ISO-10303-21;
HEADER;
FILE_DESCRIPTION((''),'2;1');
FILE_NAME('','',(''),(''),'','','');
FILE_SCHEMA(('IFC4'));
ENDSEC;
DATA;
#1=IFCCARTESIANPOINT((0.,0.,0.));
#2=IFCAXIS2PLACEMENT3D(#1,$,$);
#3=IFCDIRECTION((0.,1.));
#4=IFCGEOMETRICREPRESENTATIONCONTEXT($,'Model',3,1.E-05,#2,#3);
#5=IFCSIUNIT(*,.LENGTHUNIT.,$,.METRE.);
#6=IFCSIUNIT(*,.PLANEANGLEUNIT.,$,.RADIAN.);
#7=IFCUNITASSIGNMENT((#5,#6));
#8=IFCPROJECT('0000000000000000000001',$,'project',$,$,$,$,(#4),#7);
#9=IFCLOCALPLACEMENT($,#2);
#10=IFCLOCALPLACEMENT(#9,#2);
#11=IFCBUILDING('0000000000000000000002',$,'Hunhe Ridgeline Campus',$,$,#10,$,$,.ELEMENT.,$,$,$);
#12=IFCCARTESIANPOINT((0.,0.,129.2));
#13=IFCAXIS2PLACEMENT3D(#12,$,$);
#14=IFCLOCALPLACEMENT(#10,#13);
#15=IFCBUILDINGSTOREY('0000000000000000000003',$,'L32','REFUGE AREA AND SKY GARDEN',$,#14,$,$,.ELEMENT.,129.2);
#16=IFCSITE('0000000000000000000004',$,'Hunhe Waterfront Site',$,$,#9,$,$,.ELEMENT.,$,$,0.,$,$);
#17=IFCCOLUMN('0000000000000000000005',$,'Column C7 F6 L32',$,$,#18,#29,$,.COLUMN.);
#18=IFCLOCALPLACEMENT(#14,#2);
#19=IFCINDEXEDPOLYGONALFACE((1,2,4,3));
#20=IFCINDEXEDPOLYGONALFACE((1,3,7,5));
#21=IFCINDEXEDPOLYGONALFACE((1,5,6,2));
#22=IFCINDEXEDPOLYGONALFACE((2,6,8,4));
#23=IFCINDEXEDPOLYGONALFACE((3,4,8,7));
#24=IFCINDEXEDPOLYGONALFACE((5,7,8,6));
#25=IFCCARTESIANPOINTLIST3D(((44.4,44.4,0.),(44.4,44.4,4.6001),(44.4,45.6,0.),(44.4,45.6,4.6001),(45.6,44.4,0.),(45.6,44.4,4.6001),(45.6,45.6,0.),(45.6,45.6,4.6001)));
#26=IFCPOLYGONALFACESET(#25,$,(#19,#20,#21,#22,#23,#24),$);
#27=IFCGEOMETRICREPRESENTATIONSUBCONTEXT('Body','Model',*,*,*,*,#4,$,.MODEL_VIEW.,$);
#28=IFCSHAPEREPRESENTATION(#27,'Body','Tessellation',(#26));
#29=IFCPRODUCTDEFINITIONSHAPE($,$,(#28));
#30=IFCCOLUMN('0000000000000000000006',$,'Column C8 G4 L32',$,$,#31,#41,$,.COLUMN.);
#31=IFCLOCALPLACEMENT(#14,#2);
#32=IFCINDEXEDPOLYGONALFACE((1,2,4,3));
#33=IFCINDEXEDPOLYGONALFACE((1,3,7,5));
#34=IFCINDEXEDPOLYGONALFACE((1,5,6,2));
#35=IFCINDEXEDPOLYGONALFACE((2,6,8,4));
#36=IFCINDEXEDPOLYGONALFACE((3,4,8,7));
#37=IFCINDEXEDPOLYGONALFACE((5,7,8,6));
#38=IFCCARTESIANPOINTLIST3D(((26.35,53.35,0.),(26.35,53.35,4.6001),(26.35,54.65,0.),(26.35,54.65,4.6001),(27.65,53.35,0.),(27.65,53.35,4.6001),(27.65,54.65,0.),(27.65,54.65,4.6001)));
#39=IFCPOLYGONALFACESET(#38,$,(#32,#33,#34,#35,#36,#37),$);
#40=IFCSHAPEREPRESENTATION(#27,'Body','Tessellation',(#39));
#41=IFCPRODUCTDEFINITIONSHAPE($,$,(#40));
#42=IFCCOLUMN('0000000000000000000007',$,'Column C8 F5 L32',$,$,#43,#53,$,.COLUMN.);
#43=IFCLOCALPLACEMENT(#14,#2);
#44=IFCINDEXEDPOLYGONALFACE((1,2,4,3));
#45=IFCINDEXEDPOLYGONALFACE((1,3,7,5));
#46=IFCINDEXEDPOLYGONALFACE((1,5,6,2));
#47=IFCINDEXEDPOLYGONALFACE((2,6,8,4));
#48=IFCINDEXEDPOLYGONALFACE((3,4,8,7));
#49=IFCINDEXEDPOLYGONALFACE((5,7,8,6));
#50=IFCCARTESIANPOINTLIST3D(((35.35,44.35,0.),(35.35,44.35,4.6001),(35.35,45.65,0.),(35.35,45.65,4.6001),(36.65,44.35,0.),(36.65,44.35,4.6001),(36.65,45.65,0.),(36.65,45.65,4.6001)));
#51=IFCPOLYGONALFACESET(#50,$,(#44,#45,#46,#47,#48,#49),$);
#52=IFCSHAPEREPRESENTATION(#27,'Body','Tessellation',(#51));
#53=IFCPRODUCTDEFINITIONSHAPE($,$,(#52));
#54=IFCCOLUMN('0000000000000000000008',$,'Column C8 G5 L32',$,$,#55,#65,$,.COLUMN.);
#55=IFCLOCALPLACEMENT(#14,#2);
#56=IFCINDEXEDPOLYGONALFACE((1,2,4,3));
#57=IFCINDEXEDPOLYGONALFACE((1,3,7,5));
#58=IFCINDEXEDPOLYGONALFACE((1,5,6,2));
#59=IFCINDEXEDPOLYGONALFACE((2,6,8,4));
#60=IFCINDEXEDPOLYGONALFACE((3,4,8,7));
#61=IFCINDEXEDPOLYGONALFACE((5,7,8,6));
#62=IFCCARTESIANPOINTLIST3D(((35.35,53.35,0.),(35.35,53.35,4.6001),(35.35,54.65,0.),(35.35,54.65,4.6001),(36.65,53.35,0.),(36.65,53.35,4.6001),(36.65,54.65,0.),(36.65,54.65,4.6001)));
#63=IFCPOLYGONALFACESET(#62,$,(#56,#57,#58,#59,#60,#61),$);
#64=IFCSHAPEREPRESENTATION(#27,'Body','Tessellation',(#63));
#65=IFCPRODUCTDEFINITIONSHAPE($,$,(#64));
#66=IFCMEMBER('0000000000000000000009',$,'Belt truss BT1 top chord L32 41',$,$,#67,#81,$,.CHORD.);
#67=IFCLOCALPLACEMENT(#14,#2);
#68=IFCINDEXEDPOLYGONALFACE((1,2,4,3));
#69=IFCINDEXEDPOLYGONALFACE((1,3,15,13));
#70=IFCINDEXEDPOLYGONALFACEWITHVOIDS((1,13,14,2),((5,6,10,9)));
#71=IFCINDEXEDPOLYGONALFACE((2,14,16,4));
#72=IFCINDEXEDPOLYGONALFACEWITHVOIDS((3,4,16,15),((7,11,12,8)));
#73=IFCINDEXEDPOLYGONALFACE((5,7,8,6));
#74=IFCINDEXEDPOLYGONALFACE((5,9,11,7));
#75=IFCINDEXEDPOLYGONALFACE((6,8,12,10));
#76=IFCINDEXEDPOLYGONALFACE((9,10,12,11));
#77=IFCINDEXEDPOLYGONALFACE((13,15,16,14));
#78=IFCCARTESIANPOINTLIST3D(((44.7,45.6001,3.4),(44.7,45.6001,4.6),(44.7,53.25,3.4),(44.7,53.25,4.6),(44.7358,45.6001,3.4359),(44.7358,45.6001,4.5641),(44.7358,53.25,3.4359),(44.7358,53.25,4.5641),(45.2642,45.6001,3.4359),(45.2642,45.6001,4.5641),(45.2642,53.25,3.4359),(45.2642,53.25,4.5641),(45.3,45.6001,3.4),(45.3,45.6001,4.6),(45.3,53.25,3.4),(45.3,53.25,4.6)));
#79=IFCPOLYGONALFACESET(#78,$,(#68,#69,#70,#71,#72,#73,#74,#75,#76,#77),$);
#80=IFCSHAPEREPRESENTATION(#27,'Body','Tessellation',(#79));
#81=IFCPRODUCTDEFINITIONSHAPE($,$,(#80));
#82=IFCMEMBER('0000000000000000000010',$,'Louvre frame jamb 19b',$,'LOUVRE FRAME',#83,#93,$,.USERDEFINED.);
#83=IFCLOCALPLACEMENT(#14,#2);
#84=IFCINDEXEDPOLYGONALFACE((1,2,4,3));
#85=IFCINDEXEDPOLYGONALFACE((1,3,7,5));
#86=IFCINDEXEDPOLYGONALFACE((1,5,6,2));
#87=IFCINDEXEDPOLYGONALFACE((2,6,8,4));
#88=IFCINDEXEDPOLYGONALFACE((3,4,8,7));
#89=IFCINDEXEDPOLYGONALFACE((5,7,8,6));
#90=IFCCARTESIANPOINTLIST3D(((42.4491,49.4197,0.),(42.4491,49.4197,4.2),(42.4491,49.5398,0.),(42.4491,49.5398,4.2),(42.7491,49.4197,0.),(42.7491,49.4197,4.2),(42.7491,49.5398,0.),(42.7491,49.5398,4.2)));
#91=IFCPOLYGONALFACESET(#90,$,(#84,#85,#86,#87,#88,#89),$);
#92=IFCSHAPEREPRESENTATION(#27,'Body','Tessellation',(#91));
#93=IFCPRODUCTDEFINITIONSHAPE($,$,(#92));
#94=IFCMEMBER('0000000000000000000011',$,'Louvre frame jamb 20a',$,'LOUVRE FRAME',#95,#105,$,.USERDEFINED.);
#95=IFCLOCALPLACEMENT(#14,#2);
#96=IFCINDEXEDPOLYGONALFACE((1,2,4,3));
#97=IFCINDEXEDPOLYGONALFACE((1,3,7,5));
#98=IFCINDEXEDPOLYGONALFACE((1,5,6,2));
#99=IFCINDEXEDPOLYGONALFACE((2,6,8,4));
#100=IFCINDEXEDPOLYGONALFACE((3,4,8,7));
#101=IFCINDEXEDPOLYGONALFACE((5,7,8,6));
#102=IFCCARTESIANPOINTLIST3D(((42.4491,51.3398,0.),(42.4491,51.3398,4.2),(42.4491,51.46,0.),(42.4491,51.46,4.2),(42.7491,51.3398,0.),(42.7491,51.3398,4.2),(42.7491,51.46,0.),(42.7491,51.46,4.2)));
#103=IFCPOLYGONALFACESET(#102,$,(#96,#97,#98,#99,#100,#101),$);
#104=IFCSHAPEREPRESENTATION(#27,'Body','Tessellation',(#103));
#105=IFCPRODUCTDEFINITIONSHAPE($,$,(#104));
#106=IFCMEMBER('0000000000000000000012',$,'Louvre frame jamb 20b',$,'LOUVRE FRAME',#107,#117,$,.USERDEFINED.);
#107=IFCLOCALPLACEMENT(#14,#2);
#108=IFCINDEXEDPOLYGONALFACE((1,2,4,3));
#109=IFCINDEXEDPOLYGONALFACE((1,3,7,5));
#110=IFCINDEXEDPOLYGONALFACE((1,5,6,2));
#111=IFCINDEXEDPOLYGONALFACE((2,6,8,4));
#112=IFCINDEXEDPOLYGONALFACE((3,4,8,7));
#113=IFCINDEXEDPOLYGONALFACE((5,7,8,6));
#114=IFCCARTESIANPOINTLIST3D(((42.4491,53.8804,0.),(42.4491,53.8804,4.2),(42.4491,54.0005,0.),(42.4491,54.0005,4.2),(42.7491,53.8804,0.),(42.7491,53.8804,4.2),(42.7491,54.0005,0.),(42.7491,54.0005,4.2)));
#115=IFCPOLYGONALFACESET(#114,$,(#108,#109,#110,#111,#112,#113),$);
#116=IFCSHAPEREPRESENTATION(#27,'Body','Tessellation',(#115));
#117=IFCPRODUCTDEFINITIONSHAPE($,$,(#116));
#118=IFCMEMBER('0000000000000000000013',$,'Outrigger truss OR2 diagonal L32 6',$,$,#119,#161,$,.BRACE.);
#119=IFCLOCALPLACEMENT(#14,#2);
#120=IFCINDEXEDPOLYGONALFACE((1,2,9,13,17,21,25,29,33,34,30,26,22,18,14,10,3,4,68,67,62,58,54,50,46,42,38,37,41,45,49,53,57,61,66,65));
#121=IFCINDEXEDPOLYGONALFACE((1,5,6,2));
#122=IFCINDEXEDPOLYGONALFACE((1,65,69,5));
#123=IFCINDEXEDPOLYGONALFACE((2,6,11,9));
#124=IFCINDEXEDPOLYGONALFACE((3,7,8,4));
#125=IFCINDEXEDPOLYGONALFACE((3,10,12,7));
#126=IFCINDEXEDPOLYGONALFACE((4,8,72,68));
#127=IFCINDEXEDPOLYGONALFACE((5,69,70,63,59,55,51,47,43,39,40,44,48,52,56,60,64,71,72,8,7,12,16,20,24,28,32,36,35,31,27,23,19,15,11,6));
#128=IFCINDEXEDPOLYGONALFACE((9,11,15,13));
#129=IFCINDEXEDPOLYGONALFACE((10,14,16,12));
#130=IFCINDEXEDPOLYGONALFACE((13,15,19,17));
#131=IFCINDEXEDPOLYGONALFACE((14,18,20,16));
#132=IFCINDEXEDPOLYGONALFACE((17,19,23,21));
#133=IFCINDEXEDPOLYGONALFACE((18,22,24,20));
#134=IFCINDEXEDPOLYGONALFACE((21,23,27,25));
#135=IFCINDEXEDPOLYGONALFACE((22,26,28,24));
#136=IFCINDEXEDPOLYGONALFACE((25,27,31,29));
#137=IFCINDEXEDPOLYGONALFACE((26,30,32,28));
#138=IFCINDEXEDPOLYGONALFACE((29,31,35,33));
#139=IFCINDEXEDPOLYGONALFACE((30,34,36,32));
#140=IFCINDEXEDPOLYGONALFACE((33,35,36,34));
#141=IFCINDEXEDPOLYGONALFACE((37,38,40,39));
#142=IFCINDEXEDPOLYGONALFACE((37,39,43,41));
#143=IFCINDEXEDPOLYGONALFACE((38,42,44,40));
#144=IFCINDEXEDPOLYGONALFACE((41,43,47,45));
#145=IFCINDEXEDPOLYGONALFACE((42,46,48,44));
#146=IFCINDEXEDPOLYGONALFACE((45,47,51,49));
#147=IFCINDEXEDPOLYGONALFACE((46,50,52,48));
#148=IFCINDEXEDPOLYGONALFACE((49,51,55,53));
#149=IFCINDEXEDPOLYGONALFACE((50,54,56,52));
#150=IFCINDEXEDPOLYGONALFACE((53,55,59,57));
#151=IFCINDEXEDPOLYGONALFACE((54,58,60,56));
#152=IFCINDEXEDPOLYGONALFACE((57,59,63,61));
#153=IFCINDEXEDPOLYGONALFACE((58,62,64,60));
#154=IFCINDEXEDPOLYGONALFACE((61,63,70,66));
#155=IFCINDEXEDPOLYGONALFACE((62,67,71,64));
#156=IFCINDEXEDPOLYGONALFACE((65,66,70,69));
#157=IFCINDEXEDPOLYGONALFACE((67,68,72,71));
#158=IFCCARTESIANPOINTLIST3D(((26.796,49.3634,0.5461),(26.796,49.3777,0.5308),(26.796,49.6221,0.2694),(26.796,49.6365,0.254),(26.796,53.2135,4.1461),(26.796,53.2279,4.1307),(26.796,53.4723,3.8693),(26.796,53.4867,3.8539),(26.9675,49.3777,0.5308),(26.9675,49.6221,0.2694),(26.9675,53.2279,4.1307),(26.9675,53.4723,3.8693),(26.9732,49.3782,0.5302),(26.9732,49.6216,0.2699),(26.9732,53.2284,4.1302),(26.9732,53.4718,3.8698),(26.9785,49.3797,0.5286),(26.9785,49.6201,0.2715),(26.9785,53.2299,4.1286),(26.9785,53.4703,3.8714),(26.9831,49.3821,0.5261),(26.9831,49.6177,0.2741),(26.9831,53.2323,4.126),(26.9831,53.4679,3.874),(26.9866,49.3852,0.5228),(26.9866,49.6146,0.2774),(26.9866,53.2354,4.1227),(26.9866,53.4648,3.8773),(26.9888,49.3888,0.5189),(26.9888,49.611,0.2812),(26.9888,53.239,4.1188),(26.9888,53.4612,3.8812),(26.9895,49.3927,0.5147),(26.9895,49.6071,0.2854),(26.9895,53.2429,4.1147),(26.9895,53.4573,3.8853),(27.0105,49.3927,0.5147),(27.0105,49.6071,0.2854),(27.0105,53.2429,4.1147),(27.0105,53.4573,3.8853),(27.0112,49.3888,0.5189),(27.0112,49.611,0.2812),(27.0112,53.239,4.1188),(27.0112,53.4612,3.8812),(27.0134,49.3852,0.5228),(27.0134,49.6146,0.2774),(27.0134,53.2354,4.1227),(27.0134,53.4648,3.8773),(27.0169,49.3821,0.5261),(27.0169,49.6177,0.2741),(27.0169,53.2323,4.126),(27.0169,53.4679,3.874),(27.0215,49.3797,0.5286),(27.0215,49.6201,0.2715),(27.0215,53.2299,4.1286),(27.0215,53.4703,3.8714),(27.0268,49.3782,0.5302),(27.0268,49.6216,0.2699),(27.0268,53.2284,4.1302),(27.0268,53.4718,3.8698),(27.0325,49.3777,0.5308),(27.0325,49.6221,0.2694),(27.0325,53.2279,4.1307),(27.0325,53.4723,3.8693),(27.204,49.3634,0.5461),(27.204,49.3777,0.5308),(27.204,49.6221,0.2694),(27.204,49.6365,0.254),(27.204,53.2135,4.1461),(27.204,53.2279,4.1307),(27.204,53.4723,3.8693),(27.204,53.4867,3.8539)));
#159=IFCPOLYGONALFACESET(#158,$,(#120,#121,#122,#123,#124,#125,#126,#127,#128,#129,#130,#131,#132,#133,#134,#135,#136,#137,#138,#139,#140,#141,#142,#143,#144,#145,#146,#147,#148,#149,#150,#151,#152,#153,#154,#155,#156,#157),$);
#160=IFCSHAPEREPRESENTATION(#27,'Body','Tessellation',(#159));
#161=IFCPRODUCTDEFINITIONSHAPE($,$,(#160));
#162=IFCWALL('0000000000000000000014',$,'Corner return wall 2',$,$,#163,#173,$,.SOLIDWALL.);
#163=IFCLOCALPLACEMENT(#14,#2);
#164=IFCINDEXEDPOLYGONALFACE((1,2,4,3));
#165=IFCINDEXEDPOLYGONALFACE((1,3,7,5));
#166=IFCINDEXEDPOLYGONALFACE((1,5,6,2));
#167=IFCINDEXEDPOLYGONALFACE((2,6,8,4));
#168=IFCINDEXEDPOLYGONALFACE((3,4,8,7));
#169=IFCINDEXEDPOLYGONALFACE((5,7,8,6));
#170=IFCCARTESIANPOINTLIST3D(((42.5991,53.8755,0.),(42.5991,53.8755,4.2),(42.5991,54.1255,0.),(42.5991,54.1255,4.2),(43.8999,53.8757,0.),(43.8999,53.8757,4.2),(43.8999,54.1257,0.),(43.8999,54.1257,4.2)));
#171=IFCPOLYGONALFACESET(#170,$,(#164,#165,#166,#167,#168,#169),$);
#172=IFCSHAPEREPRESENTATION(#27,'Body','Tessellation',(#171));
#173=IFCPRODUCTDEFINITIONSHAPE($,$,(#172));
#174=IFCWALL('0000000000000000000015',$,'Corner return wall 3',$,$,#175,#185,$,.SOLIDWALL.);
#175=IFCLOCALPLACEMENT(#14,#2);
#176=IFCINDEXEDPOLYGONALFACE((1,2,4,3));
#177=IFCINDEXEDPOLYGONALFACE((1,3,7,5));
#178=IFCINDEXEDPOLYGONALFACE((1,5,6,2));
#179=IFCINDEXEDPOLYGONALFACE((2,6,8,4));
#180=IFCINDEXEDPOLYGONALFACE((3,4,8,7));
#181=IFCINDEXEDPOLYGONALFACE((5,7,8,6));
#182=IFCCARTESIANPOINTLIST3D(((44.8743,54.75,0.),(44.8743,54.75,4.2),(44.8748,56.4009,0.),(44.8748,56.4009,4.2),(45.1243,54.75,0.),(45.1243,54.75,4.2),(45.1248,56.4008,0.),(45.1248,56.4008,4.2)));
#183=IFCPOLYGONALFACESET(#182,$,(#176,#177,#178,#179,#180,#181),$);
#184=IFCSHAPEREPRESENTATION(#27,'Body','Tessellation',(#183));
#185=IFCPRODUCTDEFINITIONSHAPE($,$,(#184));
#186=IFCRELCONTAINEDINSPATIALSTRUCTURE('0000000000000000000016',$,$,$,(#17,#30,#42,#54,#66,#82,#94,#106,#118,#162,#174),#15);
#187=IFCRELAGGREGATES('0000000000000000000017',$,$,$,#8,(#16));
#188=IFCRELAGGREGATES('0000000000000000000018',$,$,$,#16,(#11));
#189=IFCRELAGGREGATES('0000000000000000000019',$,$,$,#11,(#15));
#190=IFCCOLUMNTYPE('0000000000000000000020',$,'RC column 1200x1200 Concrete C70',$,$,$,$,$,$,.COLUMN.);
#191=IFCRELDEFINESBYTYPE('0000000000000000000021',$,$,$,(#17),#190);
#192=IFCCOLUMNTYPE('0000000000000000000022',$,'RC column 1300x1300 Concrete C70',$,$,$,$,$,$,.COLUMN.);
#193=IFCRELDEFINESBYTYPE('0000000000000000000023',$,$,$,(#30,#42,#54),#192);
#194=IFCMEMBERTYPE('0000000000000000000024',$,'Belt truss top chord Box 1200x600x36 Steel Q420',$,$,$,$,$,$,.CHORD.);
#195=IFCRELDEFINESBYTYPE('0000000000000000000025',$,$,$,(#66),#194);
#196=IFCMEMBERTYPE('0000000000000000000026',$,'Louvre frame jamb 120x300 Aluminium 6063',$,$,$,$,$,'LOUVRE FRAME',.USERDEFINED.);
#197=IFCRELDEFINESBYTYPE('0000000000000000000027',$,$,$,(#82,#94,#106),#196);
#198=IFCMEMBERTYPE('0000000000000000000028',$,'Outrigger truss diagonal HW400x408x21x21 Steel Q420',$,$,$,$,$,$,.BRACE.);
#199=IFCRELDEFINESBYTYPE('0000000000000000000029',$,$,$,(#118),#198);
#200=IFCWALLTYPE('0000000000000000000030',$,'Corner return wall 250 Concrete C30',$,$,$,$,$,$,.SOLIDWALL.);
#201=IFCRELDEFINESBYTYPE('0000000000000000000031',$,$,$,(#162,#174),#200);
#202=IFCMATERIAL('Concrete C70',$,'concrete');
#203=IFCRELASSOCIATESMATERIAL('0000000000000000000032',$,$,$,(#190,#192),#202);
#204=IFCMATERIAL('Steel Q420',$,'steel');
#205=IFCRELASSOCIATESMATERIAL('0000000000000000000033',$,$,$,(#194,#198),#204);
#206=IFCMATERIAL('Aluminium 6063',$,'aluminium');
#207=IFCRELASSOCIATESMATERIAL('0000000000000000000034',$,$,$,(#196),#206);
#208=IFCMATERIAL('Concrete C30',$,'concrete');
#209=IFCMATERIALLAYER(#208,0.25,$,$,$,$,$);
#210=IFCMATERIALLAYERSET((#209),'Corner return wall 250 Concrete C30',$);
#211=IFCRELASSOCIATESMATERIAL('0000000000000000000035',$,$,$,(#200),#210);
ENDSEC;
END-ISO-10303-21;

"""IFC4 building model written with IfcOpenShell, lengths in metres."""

from ifc_helpers import new_model, si_unit, direction, frame, frame_2d, origin, origin_2d, place, context, subcontext, project, spatial, rectangle, hollow_rectangle, i_section, extrude, material, layer, layer_set, material_profile, profile_set, type_object, element, save


model = new_model("IFC4")

# Units and contexts
model_context = context("Model", 3, precision=1e-05, world=origin(), true_north=direction((0.0, 1.0)))
body_context = subcontext(model_context, "Body", "Model", "MODEL_VIEW")
ifc_project = project(units=[si_unit("LENGTHUNIT", "METRE"), si_unit("PLANEANGLEUNIT", "RADIAN")], contexts=[model_context])

# Site, building, storey
site_placement = place(None, origin())
site = spatial("IfcSite", under=ifc_project, at=site_placement, Name="Hunhe Waterfront Site", CompositionType="ELEMENT", RefElevation=0.0)
building_placement = place(site_placement, origin())
building = spatial("IfcBuilding", under=site, at=building_placement, Name="Hunhe Ridgeline Campus", CompositionType="ELEMENT")
storey_placement = place(building_placement, frame((0.0, 0.0, 129.2)))
storey = spatial("IfcBuildingStorey", under=building, at=storey_placement, Name="L32", Description="REFUGE AREA AND SKY GARDEN", CompositionType="ELEMENT", Elevation=129.2)

# Columns
ifc_material_1 = material(Name="Concrete C70", Category="concrete")
ifc_material_profile_1 = material_profile(ifc_material_1, rectangle(XDim=1.2, YDim=1.2, at=origin_2d()))
ifc_profile_set_1 = profile_set([ifc_material_profile_1], Name="Concrete C70")
column_type_1 = type_object("IfcColumnType", Name="RC column 1200x1200 Concrete C70", PredefinedType="COLUMN", material=ifc_profile_set_1)
column_placement = place(storey_placement, frame((45.0, 45.0, 0.0), z_axis=(0.0, 0.0, 1.0), x_axis=(1.0, 0.0, 0.0)))
element("IfcColumn", 1, at=column_placement, inside=storey, type_object=column_type_1, Name="Column C7 F6 L32", PredefinedType="COLUMN", context=body_context, shape_type="SweptSolid", body=[
    extrude(rectangle(XDim=1.2, YDim=1.2, at=origin_2d()), origin(), (0.0, 0.0, 1.0), 4.6001),
])
ifc_material_profile_2 = material_profile(ifc_material_1, rectangle(XDim=1.3, YDim=1.3, at=origin_2d()))
ifc_profile_set_2 = profile_set([ifc_material_profile_2], Name="Concrete C70")
column_type_2 = type_object("IfcColumnType", Name="RC column 1300x1300 Concrete C70", PredefinedType="COLUMN", material=ifc_profile_set_2)
for number, where, z_axis, x_axis, name in (
    (2, (27.0, 54.0, 0.0), (0.0, 0.0, 1.0), (1.0, 0.0, 0.0), "Column C8 G4 L32"),
    (3, (36.0, 45.0, 0.0), (0.0, 0.0, 1.0), (1.0, 0.0, 0.0), "Column C8 F5 L32"),
    (4, (36.0, 54.0, 0.0), (0.0, 0.0, 1.0), (1.0, 0.0, 0.0), "Column C8 G5 L32"),
):
    element("IfcColumn", number, at=place(storey_placement, frame(where, z_axis=z_axis, x_axis=x_axis)), inside=storey, type_object=column_type_2, Name=name, PredefinedType="COLUMN", context=body_context, shape_type="SweptSolid", body=[
        extrude(rectangle(XDim=1.3, YDim=1.3, at=origin_2d()), origin(), (0.0, 0.0, 1.0), 4.6001),
    ])

# Members
ifc_material_2 = material(Name="Steel Q420", Category="steel")
ifc_material_profile_3 = material_profile(ifc_material_2, hollow_rectangle(XDim=0.6001, YDim=1.2, WallThickness=0.0359, at=origin_2d()))
ifc_profile_set_3 = profile_set([ifc_material_profile_3], Name="Steel Q420")
member_type_1 = type_object("IfcMemberType", Name="Belt truss top chord Box 1200x600x36 Steel Q420", PredefinedType="CHORD", material=ifc_profile_set_3)
member_1_placement = place(storey_placement, frame((45.0, 45.6001, 4.0), z_axis=(0.0, 1.0, 0.0), x_axis=(-1.0, 0.0, 0.0)))
element("IfcMember", 5, at=member_1_placement, inside=storey, type_object=member_type_1, Name="Belt truss BT1 top chord L32 41", PredefinedType="CHORD", context=body_context, shape_type="SweptSolid", body=[
    extrude(hollow_rectangle(XDim=0.6001, YDim=1.2, WallThickness=0.0359, at=origin_2d()), origin(), (0.0, 0.0, 1.0), 7.6499),
])
ifc_material_3 = material(Name="Aluminium 6063", Category="aluminium")
ifc_material_profile_4 = material_profile(ifc_material_3, rectangle(XDim=0.3, YDim=0.1201, at=origin_2d()))
ifc_profile_set_4 = profile_set([ifc_material_profile_4], Name="Aluminium 6063")
member_type_2 = type_object("IfcMemberType", Name="Louvre frame jamb 120x300 Aluminium 6063", ElementType="LOUVRE FRAME", PredefinedType="USERDEFINED", material=ifc_profile_set_4)
for number, where, z_axis, x_axis, name in (
    (6, (42.5991, 49.4797, 0.0), (0.0, 0.0, 1.0), (-1.0, 0.000004, 0.0), "Louvre frame jamb 19b"),
    (7, (42.5991, 51.3999, 0.0), (0.0, 0.0, 1.0), (-1.0, 0.000005, 0.0), "Louvre frame jamb 20a"),
    (8, (42.5991, 53.9404, 0.0), (0.0, 0.0, 1.0), (-1.0, 0.000005, 0.0), "Louvre frame jamb 20b"),
):
    element("IfcMember", number, at=place(storey_placement, frame(where, z_axis=z_axis, x_axis=x_axis)), inside=storey, type_object=member_type_2, Name=name, ObjectType="LOUVRE FRAME", PredefinedType="USERDEFINED", context=body_context, shape_type="SweptSolid", body=[
        extrude(rectangle(XDim=0.3, YDim=0.1201, at=origin_2d()), origin(), (0.0, 0.0, 1.0), 4.2),
    ])
ifc_material_profile_5 = material_profile(ifc_material_2, i_section(OverallWidth=0.408, OverallDepth=0.3999, WebThickness=0.021, FlangeThickness=0.021, FilletRadius=0.022, at=origin_2d()))
ifc_profile_set_5 = profile_set([ifc_material_profile_5], Name="Steel Q420")
member_type_3 = type_object("IfcMemberType", Name="Outrigger truss diagonal HW400x408x21x21 Steel Q420", PredefinedType="BRACE", material=ifc_profile_set_5)
member_2_placement = place(storey_placement, frame((27.0, 53.3501, 4.0), z_axis=(0.0, -0.730447, -0.68297), x_axis=(1.0, 0.0, 0.0)))
element("IfcMember", 9, at=member_2_placement, inside=storey, type_object=member_type_3, Name="Outrigger truss OR2 diagonal L32 6", PredefinedType="BRACE", context=body_context, shape_type="SweptSolid", body=[
    extrude(i_section(OverallWidth=0.408, OverallDepth=0.3999, WebThickness=0.021, FlangeThickness=0.021, FilletRadius=0.022, at=origin_2d()), origin(), (0.0, 0.0, 1.0), 5.271),
])

# Walls
ifc_material_4 = material(Name="Concrete C30", Category="concrete")
ifc_layer_1 = layer(ifc_material_4, 0.25)
ifc_layer_set_1 = layer_set([ifc_layer_1], Name="Corner return wall 250 Concrete C30")
wall_type_1 = type_object("IfcWallType", Name="Corner return wall 250 Concrete C30", PredefinedType="SOLIDWALL", material=ifc_layer_set_1)
wall_1_placement = place(storey_placement, frame((42.5991, 54.0005, 0.0), z_axis=(0.0, 0.0, 1.0), x_axis=(1.0, 0.000188, 0.0)))
element("IfcWall", 10, at=wall_1_placement, inside=storey, type_object=wall_type_1, Name="Corner return wall 2", PredefinedType="SOLIDWALL", context=body_context, shape_type="SweptSolid", body=[
    extrude(rectangle(XDim=1.3008, YDim=0.25, at=frame_2d((0.6504, 0.0))), origin(), (0.0, 0.0, 1.0), 4.2),
])
wall_2_placement = place(storey_placement, frame((44.9993, 54.75, 0.0), z_axis=(0.0, 0.0, 1.0), x_axis=(0.000296, 1.0, 0.0)))
element("IfcWall", 11, at=wall_2_placement, inside=storey, type_object=wall_type_1, Name="Corner return wall 3", PredefinedType="SOLIDWALL", context=body_context, shape_type="SweptSolid", body=[
    extrude(rectangle(XDim=1.6509, YDim=0.25, at=frame_2d((0.8254, 0.0))), origin(), (0.0, 0.0, 1.0), 4.2),
])

save(model, "model.ifc")
